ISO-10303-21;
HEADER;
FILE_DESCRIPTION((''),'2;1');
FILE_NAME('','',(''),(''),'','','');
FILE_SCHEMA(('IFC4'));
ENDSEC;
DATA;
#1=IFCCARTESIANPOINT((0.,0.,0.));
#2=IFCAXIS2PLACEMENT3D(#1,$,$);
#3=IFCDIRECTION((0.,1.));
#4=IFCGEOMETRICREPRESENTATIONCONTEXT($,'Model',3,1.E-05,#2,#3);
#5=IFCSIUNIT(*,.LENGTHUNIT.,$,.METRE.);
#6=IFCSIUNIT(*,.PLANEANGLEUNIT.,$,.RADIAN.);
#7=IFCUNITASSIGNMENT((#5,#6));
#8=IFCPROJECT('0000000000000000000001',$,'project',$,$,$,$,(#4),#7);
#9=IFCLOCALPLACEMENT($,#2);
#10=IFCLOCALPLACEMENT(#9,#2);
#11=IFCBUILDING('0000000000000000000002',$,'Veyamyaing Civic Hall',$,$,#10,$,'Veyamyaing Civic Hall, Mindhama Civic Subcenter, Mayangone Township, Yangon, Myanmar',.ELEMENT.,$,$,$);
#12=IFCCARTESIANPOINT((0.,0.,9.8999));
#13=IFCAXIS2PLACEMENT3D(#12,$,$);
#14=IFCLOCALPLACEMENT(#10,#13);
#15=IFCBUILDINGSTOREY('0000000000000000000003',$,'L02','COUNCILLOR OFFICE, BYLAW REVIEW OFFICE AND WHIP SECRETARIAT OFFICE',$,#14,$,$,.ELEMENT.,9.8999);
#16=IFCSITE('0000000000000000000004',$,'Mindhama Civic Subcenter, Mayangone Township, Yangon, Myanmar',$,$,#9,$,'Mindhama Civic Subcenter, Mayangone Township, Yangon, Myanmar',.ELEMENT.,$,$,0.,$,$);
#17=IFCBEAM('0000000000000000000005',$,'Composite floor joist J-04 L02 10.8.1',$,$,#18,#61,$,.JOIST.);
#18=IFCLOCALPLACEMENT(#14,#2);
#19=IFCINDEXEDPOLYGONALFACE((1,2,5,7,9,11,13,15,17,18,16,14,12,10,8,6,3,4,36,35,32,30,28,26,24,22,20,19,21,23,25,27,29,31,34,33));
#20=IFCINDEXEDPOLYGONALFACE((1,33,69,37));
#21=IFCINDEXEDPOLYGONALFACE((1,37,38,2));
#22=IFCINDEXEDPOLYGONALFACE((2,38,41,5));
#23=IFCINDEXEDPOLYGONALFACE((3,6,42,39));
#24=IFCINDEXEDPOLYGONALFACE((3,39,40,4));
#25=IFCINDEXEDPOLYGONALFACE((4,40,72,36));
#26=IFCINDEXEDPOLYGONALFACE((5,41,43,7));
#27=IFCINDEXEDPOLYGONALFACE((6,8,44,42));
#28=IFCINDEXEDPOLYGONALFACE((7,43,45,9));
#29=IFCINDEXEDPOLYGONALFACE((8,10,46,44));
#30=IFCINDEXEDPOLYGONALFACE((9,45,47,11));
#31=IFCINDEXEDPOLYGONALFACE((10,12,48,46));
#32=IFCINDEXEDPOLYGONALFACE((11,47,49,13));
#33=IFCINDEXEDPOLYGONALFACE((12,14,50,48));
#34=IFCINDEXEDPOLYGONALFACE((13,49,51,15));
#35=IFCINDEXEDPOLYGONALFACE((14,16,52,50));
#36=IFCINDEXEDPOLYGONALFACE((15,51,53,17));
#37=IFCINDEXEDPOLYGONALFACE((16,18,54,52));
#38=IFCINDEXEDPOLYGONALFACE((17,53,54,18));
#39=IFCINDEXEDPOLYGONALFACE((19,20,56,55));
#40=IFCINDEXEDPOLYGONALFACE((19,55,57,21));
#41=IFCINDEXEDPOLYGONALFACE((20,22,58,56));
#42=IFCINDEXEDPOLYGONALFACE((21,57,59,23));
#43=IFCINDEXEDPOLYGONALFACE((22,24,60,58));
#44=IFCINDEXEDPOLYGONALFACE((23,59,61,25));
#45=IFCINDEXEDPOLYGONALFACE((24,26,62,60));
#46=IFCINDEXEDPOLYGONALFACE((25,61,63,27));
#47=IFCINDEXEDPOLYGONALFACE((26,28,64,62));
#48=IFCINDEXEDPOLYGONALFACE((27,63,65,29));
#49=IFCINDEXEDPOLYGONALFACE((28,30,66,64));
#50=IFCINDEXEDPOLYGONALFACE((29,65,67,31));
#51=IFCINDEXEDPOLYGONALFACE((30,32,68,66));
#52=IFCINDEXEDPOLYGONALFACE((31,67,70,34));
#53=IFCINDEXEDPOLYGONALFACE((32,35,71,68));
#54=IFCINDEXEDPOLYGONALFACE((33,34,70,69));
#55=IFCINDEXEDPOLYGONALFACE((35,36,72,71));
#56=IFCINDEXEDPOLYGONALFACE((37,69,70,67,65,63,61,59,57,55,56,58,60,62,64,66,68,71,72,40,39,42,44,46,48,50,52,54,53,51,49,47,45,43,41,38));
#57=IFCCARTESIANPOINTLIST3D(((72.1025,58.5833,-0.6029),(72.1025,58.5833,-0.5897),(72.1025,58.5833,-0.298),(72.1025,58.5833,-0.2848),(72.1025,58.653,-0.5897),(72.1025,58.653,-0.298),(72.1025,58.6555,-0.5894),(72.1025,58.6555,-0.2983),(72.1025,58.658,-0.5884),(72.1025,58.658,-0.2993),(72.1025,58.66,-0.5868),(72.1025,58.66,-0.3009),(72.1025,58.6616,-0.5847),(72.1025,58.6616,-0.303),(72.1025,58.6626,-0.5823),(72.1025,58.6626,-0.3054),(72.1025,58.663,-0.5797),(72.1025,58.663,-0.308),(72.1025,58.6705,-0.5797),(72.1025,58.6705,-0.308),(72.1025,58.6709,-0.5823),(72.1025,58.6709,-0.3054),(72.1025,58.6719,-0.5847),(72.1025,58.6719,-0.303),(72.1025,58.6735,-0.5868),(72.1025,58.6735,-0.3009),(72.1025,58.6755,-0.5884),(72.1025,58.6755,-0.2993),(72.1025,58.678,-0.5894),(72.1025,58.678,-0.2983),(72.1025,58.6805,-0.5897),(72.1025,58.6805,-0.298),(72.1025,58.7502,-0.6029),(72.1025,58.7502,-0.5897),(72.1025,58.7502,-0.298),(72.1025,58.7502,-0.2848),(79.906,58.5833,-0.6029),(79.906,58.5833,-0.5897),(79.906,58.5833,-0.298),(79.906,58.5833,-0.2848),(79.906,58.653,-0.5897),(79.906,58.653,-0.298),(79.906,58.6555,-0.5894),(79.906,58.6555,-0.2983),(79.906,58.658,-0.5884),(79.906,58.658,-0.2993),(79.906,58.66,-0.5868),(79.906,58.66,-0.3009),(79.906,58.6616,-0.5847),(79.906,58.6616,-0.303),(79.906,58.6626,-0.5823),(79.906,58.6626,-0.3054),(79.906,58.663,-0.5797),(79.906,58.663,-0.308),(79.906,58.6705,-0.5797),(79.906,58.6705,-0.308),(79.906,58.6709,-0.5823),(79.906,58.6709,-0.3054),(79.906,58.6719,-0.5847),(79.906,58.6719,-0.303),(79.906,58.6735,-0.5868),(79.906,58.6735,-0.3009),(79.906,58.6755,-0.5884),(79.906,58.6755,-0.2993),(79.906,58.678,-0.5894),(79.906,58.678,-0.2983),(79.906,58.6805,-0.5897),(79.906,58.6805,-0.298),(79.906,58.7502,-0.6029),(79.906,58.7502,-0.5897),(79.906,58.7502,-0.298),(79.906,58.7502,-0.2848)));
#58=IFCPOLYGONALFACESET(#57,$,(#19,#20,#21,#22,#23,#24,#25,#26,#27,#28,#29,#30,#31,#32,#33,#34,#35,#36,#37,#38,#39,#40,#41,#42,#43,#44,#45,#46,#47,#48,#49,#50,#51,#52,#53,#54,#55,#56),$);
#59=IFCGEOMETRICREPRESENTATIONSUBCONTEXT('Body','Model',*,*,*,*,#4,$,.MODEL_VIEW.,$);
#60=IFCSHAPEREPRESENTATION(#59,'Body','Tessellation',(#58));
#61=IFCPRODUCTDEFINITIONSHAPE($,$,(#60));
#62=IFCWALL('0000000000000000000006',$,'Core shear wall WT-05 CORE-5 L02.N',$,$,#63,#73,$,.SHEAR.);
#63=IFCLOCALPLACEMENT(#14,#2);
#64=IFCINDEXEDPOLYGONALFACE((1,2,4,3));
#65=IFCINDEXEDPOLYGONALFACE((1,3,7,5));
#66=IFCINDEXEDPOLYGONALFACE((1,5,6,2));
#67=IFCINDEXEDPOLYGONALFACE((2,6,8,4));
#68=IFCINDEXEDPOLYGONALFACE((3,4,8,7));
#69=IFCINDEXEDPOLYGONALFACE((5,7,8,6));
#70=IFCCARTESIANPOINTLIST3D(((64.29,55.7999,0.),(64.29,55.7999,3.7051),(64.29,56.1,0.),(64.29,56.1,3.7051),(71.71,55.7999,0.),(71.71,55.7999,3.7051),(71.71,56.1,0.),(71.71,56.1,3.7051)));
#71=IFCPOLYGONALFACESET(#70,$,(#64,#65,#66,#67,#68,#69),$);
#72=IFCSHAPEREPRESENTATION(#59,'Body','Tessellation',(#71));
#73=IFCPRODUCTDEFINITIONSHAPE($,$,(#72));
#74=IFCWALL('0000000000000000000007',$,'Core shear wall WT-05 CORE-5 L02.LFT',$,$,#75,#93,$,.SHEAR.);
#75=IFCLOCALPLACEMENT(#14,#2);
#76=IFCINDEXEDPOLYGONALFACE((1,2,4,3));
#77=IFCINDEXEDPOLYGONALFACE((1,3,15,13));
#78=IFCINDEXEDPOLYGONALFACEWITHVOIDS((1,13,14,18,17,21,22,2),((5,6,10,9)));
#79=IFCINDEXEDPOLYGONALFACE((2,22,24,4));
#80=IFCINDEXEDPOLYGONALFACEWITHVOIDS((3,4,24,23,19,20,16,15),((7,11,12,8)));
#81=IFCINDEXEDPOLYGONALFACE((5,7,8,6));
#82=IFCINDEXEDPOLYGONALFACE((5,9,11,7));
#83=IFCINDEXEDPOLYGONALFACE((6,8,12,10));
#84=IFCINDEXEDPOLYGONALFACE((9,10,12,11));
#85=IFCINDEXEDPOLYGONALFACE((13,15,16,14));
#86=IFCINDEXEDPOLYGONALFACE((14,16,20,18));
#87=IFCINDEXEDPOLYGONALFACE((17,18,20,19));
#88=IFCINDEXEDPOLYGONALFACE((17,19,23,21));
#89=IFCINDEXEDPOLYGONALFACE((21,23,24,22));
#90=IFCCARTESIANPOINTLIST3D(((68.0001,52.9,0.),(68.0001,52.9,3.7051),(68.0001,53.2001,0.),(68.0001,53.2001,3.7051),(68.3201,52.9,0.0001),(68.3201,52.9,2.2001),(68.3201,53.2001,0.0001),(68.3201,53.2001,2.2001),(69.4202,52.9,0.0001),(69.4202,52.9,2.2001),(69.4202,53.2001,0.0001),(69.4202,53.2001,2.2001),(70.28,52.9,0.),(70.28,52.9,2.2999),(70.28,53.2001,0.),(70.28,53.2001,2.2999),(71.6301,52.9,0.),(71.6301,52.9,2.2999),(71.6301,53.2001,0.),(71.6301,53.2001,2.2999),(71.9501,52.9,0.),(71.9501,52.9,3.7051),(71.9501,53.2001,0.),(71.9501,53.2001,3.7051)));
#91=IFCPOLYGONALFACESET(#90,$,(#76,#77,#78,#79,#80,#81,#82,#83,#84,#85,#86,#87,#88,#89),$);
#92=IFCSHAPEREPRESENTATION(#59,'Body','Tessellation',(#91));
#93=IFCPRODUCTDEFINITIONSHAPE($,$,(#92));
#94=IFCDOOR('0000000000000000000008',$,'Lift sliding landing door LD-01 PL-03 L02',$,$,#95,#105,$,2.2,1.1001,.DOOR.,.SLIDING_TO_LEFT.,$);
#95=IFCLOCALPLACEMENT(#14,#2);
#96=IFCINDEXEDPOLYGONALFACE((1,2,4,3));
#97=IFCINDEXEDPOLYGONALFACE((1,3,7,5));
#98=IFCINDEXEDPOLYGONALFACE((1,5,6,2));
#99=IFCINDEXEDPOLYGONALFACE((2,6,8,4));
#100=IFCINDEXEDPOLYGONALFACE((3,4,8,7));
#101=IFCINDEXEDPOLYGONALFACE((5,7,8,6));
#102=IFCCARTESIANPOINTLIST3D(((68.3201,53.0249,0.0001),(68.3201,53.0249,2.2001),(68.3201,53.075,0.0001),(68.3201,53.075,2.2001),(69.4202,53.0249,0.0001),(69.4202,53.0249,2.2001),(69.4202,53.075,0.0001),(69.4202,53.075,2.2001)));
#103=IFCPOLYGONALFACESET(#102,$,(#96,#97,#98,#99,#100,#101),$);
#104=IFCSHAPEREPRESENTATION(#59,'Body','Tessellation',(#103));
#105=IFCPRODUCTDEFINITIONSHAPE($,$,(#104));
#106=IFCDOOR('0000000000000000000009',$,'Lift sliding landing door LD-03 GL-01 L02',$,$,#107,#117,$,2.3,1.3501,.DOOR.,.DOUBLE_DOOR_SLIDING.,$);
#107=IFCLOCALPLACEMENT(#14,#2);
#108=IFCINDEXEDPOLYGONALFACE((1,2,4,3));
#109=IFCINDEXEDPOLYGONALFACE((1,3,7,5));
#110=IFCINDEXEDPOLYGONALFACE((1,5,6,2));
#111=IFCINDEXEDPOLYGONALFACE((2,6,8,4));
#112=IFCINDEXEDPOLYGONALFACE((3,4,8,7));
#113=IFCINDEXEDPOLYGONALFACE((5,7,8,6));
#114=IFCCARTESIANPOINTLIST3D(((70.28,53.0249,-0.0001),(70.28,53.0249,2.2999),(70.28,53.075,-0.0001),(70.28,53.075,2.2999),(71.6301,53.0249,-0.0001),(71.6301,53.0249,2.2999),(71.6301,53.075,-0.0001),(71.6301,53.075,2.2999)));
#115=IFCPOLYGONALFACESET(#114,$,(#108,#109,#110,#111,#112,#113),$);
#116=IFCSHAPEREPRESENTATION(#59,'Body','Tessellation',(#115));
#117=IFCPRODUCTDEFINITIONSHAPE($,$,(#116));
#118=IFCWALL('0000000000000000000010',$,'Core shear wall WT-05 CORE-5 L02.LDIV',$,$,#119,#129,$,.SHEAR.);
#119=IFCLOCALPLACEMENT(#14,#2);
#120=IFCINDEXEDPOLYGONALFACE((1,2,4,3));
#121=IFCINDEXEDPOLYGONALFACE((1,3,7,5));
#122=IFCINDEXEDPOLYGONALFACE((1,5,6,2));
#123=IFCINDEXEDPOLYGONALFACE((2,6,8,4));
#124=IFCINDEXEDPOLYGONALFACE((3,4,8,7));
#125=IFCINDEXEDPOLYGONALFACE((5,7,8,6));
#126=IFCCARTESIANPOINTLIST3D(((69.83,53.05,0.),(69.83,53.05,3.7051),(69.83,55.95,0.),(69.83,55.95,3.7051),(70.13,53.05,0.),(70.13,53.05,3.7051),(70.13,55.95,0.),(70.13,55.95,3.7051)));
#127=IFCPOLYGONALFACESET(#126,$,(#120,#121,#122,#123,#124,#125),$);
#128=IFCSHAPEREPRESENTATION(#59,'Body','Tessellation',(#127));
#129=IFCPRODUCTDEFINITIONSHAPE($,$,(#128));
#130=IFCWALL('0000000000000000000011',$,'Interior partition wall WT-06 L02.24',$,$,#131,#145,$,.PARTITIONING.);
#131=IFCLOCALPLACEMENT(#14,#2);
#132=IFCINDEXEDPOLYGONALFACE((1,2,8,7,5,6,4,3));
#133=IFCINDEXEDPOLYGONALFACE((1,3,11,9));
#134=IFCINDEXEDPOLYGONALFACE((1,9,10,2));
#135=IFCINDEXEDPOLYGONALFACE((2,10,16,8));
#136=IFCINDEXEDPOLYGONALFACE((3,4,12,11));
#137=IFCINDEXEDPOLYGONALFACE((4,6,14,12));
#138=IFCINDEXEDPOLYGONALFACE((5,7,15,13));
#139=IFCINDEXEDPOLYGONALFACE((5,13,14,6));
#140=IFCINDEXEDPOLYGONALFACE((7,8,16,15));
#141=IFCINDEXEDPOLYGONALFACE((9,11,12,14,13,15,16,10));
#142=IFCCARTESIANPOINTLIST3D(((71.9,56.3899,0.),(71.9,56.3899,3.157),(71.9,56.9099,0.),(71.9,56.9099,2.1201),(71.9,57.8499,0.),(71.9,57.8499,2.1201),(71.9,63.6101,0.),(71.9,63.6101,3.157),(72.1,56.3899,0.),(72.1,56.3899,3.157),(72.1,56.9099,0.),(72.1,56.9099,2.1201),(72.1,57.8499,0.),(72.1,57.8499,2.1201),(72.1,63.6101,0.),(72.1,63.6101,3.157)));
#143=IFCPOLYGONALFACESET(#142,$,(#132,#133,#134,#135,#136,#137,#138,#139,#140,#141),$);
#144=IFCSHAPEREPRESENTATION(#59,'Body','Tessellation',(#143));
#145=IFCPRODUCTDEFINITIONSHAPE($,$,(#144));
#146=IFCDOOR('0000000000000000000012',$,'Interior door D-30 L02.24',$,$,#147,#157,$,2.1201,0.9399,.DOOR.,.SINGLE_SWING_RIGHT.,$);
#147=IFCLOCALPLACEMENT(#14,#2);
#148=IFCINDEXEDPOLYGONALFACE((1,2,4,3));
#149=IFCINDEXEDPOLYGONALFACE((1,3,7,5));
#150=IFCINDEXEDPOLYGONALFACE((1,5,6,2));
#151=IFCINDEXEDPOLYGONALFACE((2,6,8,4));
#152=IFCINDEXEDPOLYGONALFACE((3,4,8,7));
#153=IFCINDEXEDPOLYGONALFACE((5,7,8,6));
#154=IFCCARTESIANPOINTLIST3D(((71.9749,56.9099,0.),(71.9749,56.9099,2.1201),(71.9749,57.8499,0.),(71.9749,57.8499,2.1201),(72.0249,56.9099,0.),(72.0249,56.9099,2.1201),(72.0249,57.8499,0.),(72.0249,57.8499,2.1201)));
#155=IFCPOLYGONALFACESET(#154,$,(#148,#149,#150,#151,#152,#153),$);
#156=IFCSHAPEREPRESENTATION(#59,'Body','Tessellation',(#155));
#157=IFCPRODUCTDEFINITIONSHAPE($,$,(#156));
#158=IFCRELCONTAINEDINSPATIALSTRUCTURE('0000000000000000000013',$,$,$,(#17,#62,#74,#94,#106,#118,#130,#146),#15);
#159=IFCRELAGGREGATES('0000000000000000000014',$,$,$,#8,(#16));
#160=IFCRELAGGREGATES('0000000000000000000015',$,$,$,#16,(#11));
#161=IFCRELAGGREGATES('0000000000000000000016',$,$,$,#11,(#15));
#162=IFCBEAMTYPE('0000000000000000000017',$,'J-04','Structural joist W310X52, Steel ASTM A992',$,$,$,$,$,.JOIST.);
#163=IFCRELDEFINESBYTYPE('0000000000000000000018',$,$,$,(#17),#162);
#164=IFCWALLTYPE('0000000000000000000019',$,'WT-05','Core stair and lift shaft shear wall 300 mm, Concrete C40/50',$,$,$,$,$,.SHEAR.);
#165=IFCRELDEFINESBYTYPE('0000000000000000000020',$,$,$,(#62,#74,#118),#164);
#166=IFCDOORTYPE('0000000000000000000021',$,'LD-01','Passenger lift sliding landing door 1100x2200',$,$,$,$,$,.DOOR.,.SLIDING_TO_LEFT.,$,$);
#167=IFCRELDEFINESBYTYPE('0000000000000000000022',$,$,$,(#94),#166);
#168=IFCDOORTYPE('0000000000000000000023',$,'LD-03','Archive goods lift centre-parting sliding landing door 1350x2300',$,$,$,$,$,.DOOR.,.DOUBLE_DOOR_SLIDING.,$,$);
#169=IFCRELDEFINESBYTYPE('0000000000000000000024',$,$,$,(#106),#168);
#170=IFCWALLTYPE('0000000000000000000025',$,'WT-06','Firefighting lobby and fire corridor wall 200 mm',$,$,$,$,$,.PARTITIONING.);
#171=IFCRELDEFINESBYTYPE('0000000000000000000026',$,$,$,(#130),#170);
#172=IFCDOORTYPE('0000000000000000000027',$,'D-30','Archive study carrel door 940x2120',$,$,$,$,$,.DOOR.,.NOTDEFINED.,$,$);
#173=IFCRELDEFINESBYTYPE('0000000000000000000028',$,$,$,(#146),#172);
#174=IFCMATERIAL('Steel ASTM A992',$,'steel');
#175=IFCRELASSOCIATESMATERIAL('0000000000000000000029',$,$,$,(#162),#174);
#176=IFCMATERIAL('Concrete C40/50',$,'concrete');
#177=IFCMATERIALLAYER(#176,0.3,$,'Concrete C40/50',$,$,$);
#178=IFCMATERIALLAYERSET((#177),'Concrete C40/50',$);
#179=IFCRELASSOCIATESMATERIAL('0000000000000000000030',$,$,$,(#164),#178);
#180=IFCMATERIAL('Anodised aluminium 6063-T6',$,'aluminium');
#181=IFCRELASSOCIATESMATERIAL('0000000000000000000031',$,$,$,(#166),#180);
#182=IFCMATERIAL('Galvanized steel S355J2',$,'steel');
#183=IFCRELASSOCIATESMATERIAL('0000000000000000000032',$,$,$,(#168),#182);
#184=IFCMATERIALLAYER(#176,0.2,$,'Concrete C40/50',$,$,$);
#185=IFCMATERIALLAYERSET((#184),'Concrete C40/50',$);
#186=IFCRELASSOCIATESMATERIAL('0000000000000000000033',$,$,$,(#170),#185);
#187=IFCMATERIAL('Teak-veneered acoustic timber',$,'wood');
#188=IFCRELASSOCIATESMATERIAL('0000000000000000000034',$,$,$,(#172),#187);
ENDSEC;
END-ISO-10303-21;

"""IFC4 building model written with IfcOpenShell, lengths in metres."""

from ifc_helpers import new_model, si_unit, direction, frame, frame_2d, origin, origin_2d, place, context, subcontext, project, spatial, rectangle, i_section, extrude, material, layer, layer_set, material_profile, profile_set, type_object, element, fill, save


model = new_model("IFC4")

# Units and contexts
model_context = context("Model", 3, precision=1e-05, world=origin(), true_north=direction((0.0, 1.0)))
body_context = subcontext(model_context, "Body", "Model", "MODEL_VIEW")
ifc_project = project(units=[si_unit("LENGTHUNIT", "METRE"), si_unit("PLANEANGLEUNIT", "RADIAN")], contexts=[model_context])

# Site, building, storey
site_placement = place(None, origin())
site = spatial("IfcSite", under=ifc_project, at=site_placement, Name="Mindhama Civic Subcenter, Mayangone Township, Yangon, Myanmar", LongName="Mindhama Civic Subcenter, Mayangone Township, Yangon, Myanmar", CompositionType="ELEMENT", RefElevation=0.0)
building_placement = place(site_placement, origin())
building = spatial("IfcBuilding", under=site, at=building_placement, Name="Veyamyaing Civic Hall", LongName="Veyamyaing Civic Hall, Mindhama Civic Subcenter, Mayangone Township, Yangon, Myanmar", CompositionType="ELEMENT")
storey_placement = place(building_placement, frame((0.0, 0.0, 9.8999)))
storey = spatial("IfcBuildingStorey", under=building, at=storey_placement, Name="L02", Description="COUNCILLOR OFFICE, BYLAW REVIEW OFFICE AND WHIP SECRETARIAT OFFICE", CompositionType="ELEMENT", Elevation=9.8999)

# Beam
ifc_material_1 = material(Name="Steel ASTM A992", Category="steel")
ifc_material_profile_1 = material_profile(ifc_material_1, i_section(OverallWidth=0.167, OverallDepth=0.3181, WebThickness=0.0076, FlangeThickness=0.0132, FilletRadius=0.01, at=origin_2d()), Name="W310X52")
ifc_profile_set_1 = profile_set([ifc_material_profile_1], Name="Steel ASTM A992")
beam_type_1 = type_object("IfcBeamType", Name="J-04", Description="Structural joist W310X52, Steel ASTM A992", PredefinedType="JOIST", material=ifc_profile_set_1)
beam_1_placement = place(storey_placement, frame((72.1025, 58.6667, -0.4438), z_axis=(1.0, 0.0, 0.0), x_axis=(0.0, 1.0, 0.0)))
element("IfcBeam", 1, at=beam_1_placement, inside=storey, type_object=beam_type_1, Name="Composite floor joist J-04 L02 10.8.1", PredefinedType="JOIST", context=body_context, shape_type="SweptSolid", body=[
    extrude(i_section(OverallWidth=0.167, OverallDepth=0.3181, WebThickness=0.0076, FlangeThickness=0.0132, FilletRadius=0.01, at=origin_2d()), origin(), (0.0, 0.0, 1.0), 7.8035),
])

# Wall
ifc_material_2 = material(Name="Concrete C40/50", Category="concrete")
ifc_layer_1 = layer(ifc_material_2, 0.3, Name="Concrete C40/50")
ifc_layer_set_1 = layer_set([ifc_layer_1], Name="Concrete C40/50")
wall_type_1 = type_object("IfcWallType", Name="WT-05", Description="Core stair and lift shaft shear wall 300 mm, Concrete C40/50", PredefinedType="SHEAR", material=ifc_layer_set_1)
wall_1_placement = place(storey_placement, frame((64.29, 55.95, 0.0), z_axis=(0.0, 0.0, 1.0), x_axis=(1.0, 0.0, 0.0)))
element("IfcWall", 2, at=wall_1_placement, inside=storey, type_object=wall_type_1, Name="Core shear wall WT-05 CORE-5 L02.N", PredefinedType="SHEAR", context=body_context, shape_type="SweptSolid", body=[
    extrude(rectangle(XDim=7.4199, YDim=0.3, at=frame_2d((3.71, 0.0))), origin(), (0.0, 0.0, 1.0), 3.7051),
])

# Wall, openings, doors
wall_2_placement = place(storey_placement, frame((68.0, 53.05, 0.0), z_axis=(0.0, 0.0, 1.0), x_axis=(1.0, 0.0, 0.0)))
wall_2 = element("IfcWall", 3, at=wall_2_placement, inside=storey, type_object=wall_type_1, Name="Core shear wall WT-05 CORE-5 L02.LFT", PredefinedType="SHEAR", context=body_context, shape_type="SweptSolid", body=[
    extrude(rectangle(XDim=3.95, YDim=0.3, at=frame_2d((1.9751, 0.0))), origin(), (0.0, 0.0, 1.0), 3.7051),
])
opening_1_placement = place(wall_2_placement, frame((0.3201, 0.0, 0.0)))
opening_1 = element("IfcOpeningElement", 4, at=opening_1_placement, cuts=wall_2, PredefinedType="OPENING", context=body_context, shape_type="SweptSolid", body=[
    extrude(rectangle(XDim=1.1001, YDim=2.2, at=frame_2d((0.55, 1.1001))), frame((0.0, 0.1599, 0.0), z_axis=(0.0, -1.0, 0.0), x_axis=(1.0, 0.0, 0.0)), (0.0, 0.0, 1.0), 0.3201),
])
opening_2_placement = place(wall_2_placement, frame((2.28, 0.0, 0.0)))
opening_2 = element("IfcOpeningElement", 5, at=opening_2_placement, cuts=wall_2, PredefinedType="OPENING", context=body_context, shape_type="SweptSolid", body=[
    extrude(rectangle(XDim=1.3501, YDim=2.3, at=frame_2d((0.675, 1.1499))), frame((0.0, 0.1599, 0.0), z_axis=(0.0, -1.0, 0.0), x_axis=(1.0, 0.0, 0.0)), (0.0, 0.0, 1.0), 0.3201),
])
ifc_material_3 = material(Name="Anodised aluminium 6063-T6", Category="aluminium")
door_type_1 = type_object("IfcDoorType", Name="LD-01", Description="Passenger lift sliding landing door 1100x2200", OperationType="SLIDING_TO_LEFT", PredefinedType="DOOR", material=ifc_material_3)
door_1_placement = place(opening_1_placement, origin())
door_1 = element("IfcDoor", 6, at=door_1_placement, inside=storey, type_object=door_type_1, Name="Lift sliding landing door LD-01 PL-03 L02", OperationType="SLIDING_TO_LEFT", OverallHeight=2.2, OverallWidth=1.1001, PredefinedType="DOOR", context=body_context, shape_type="SweptSolid", body=[
    extrude(rectangle(XDim=1.1001, YDim=2.2, at=frame_2d((0.55, 1.1001))), frame((0.0, 0.0249, 0.0), z_axis=(0.0, -1.0, 0.0), x_axis=(1.0, 0.0, 0.0)), (0.0, 0.0, 1.0), 0.05),
])
fill(opening_1, door_1)
ifc_material_4 = material(Name="Galvanized steel S355J2", Category="steel")
door_type_2 = type_object("IfcDoorType", Name="LD-03", Description="Archive goods lift centre-parting sliding landing door 1350x2300", OperationType="DOUBLE_DOOR_SLIDING", PredefinedType="DOOR", material=ifc_material_4)
door_2_placement = place(opening_2_placement, origin())
door_2 = element("IfcDoor", 7, at=door_2_placement, inside=storey, type_object=door_type_2, Name="Lift sliding landing door LD-03 GL-01 L02", OperationType="DOUBLE_DOOR_SLIDING", OverallHeight=2.3, OverallWidth=1.3501, PredefinedType="DOOR", context=body_context, shape_type="SweptSolid", body=[
    extrude(rectangle(XDim=1.3501, YDim=2.3, at=frame_2d((0.675, 1.1499))), frame((0.0, 0.0249, 0.0), z_axis=(0.0, -1.0, 0.0), x_axis=(1.0, 0.0, 0.0)), (0.0, 0.0, 1.0), 0.05),
])
fill(opening_2, door_2)

# Wall
wall_3_placement = place(storey_placement, frame((69.98, 53.05, 0.0), z_axis=(0.0, 0.0, 1.0), x_axis=(0.0, 1.0, 0.0)))
element("IfcWall", 8, at=wall_3_placement, inside=storey, type_object=wall_type_1, Name="Core shear wall WT-05 CORE-5 L02.LDIV", PredefinedType="SHEAR", context=body_context, shape_type="SweptSolid", body=[
    extrude(rectangle(XDim=2.8999, YDim=0.3, at=frame_2d((1.45, 0.0))), origin(), (0.0, 0.0, 1.0), 3.7051),
])

# Wall, opening, door
ifc_layer_2 = layer(ifc_material_2, 0.2, Name="Concrete C40/50")
ifc_layer_set_2 = layer_set([ifc_layer_2], Name="Concrete C40/50")
wall_type_2 = type_object("IfcWallType", Name="WT-06", Description="Firefighting lobby and fire corridor wall 200 mm", PredefinedType="PARTITIONING", material=ifc_layer_set_2)
wall_4_placement = place(storey_placement, frame((72.0, 56.3899, 0.0), z_axis=(0.0, 0.0, 1.0), x_axis=(0.0, 1.0, 0.0)))
wall_4 = element("IfcWall", 9, at=wall_4_placement, inside=storey, type_object=wall_type_2, Name="Interior partition wall WT-06 L02.24", PredefinedType="PARTITIONING", context=body_context, shape_type="SweptSolid", body=[
    extrude(rectangle(XDim=7.2202, YDim=0.2, at=frame_2d((3.6101, 0.0))), origin(), (0.0, 0.0, 1.0), 3.157),
])
opening_3_placement = place(wall_4_placement, frame((0.52, 0.0, 0.0)))
opening_3 = element("IfcOpeningElement", 10, at=opening_3_placement, cuts=wall_4, PredefinedType="OPENING", context=body_context, shape_type="SweptSolid", body=[
    extrude(rectangle(XDim=0.9399, YDim=2.1201, at=frame_2d((0.47, 1.0601))), frame((0.0, 0.1099, 0.0), z_axis=(0.0, -1.0, 0.0), x_axis=(1.0, 0.0, 0.0)), (0.0, 0.0, 1.0), 0.22),
])
ifc_material_5 = material(Name="Teak-veneered acoustic timber", Category="wood")
door_type_3 = type_object("IfcDoorType", Name="D-30", Description="Archive study carrel door 940x2120", OperationType="NOTDEFINED", PredefinedType="DOOR", material=ifc_material_5)
door_3_placement = place(opening_3_placement, frame((0.9399, 0.0, 0.0), z_axis=(0.0, 0.0, 1.0), x_axis=(-1.0, 0.0, 0.0)))
door_3 = element("IfcDoor", 11, at=door_3_placement, inside=storey, type_object=door_type_3, Name="Interior door D-30 L02.24", OperationType="SINGLE_SWING_RIGHT", OverallHeight=2.1201, OverallWidth=0.9399, PredefinedType="DOOR", context=body_context, shape_type="SweptSolid", body=[
    extrude(rectangle(XDim=0.9399, YDim=2.1201, at=frame_2d((0.47, 1.0601))), frame((0.0, 0.0249, 0.0), z_axis=(0.0, -1.0, 0.0), x_axis=(1.0, 0.0, 0.0)), (0.0, 0.0, 1.0), 0.05),
])
fill(opening_3, door_3)

save(model, "model.ifc")
